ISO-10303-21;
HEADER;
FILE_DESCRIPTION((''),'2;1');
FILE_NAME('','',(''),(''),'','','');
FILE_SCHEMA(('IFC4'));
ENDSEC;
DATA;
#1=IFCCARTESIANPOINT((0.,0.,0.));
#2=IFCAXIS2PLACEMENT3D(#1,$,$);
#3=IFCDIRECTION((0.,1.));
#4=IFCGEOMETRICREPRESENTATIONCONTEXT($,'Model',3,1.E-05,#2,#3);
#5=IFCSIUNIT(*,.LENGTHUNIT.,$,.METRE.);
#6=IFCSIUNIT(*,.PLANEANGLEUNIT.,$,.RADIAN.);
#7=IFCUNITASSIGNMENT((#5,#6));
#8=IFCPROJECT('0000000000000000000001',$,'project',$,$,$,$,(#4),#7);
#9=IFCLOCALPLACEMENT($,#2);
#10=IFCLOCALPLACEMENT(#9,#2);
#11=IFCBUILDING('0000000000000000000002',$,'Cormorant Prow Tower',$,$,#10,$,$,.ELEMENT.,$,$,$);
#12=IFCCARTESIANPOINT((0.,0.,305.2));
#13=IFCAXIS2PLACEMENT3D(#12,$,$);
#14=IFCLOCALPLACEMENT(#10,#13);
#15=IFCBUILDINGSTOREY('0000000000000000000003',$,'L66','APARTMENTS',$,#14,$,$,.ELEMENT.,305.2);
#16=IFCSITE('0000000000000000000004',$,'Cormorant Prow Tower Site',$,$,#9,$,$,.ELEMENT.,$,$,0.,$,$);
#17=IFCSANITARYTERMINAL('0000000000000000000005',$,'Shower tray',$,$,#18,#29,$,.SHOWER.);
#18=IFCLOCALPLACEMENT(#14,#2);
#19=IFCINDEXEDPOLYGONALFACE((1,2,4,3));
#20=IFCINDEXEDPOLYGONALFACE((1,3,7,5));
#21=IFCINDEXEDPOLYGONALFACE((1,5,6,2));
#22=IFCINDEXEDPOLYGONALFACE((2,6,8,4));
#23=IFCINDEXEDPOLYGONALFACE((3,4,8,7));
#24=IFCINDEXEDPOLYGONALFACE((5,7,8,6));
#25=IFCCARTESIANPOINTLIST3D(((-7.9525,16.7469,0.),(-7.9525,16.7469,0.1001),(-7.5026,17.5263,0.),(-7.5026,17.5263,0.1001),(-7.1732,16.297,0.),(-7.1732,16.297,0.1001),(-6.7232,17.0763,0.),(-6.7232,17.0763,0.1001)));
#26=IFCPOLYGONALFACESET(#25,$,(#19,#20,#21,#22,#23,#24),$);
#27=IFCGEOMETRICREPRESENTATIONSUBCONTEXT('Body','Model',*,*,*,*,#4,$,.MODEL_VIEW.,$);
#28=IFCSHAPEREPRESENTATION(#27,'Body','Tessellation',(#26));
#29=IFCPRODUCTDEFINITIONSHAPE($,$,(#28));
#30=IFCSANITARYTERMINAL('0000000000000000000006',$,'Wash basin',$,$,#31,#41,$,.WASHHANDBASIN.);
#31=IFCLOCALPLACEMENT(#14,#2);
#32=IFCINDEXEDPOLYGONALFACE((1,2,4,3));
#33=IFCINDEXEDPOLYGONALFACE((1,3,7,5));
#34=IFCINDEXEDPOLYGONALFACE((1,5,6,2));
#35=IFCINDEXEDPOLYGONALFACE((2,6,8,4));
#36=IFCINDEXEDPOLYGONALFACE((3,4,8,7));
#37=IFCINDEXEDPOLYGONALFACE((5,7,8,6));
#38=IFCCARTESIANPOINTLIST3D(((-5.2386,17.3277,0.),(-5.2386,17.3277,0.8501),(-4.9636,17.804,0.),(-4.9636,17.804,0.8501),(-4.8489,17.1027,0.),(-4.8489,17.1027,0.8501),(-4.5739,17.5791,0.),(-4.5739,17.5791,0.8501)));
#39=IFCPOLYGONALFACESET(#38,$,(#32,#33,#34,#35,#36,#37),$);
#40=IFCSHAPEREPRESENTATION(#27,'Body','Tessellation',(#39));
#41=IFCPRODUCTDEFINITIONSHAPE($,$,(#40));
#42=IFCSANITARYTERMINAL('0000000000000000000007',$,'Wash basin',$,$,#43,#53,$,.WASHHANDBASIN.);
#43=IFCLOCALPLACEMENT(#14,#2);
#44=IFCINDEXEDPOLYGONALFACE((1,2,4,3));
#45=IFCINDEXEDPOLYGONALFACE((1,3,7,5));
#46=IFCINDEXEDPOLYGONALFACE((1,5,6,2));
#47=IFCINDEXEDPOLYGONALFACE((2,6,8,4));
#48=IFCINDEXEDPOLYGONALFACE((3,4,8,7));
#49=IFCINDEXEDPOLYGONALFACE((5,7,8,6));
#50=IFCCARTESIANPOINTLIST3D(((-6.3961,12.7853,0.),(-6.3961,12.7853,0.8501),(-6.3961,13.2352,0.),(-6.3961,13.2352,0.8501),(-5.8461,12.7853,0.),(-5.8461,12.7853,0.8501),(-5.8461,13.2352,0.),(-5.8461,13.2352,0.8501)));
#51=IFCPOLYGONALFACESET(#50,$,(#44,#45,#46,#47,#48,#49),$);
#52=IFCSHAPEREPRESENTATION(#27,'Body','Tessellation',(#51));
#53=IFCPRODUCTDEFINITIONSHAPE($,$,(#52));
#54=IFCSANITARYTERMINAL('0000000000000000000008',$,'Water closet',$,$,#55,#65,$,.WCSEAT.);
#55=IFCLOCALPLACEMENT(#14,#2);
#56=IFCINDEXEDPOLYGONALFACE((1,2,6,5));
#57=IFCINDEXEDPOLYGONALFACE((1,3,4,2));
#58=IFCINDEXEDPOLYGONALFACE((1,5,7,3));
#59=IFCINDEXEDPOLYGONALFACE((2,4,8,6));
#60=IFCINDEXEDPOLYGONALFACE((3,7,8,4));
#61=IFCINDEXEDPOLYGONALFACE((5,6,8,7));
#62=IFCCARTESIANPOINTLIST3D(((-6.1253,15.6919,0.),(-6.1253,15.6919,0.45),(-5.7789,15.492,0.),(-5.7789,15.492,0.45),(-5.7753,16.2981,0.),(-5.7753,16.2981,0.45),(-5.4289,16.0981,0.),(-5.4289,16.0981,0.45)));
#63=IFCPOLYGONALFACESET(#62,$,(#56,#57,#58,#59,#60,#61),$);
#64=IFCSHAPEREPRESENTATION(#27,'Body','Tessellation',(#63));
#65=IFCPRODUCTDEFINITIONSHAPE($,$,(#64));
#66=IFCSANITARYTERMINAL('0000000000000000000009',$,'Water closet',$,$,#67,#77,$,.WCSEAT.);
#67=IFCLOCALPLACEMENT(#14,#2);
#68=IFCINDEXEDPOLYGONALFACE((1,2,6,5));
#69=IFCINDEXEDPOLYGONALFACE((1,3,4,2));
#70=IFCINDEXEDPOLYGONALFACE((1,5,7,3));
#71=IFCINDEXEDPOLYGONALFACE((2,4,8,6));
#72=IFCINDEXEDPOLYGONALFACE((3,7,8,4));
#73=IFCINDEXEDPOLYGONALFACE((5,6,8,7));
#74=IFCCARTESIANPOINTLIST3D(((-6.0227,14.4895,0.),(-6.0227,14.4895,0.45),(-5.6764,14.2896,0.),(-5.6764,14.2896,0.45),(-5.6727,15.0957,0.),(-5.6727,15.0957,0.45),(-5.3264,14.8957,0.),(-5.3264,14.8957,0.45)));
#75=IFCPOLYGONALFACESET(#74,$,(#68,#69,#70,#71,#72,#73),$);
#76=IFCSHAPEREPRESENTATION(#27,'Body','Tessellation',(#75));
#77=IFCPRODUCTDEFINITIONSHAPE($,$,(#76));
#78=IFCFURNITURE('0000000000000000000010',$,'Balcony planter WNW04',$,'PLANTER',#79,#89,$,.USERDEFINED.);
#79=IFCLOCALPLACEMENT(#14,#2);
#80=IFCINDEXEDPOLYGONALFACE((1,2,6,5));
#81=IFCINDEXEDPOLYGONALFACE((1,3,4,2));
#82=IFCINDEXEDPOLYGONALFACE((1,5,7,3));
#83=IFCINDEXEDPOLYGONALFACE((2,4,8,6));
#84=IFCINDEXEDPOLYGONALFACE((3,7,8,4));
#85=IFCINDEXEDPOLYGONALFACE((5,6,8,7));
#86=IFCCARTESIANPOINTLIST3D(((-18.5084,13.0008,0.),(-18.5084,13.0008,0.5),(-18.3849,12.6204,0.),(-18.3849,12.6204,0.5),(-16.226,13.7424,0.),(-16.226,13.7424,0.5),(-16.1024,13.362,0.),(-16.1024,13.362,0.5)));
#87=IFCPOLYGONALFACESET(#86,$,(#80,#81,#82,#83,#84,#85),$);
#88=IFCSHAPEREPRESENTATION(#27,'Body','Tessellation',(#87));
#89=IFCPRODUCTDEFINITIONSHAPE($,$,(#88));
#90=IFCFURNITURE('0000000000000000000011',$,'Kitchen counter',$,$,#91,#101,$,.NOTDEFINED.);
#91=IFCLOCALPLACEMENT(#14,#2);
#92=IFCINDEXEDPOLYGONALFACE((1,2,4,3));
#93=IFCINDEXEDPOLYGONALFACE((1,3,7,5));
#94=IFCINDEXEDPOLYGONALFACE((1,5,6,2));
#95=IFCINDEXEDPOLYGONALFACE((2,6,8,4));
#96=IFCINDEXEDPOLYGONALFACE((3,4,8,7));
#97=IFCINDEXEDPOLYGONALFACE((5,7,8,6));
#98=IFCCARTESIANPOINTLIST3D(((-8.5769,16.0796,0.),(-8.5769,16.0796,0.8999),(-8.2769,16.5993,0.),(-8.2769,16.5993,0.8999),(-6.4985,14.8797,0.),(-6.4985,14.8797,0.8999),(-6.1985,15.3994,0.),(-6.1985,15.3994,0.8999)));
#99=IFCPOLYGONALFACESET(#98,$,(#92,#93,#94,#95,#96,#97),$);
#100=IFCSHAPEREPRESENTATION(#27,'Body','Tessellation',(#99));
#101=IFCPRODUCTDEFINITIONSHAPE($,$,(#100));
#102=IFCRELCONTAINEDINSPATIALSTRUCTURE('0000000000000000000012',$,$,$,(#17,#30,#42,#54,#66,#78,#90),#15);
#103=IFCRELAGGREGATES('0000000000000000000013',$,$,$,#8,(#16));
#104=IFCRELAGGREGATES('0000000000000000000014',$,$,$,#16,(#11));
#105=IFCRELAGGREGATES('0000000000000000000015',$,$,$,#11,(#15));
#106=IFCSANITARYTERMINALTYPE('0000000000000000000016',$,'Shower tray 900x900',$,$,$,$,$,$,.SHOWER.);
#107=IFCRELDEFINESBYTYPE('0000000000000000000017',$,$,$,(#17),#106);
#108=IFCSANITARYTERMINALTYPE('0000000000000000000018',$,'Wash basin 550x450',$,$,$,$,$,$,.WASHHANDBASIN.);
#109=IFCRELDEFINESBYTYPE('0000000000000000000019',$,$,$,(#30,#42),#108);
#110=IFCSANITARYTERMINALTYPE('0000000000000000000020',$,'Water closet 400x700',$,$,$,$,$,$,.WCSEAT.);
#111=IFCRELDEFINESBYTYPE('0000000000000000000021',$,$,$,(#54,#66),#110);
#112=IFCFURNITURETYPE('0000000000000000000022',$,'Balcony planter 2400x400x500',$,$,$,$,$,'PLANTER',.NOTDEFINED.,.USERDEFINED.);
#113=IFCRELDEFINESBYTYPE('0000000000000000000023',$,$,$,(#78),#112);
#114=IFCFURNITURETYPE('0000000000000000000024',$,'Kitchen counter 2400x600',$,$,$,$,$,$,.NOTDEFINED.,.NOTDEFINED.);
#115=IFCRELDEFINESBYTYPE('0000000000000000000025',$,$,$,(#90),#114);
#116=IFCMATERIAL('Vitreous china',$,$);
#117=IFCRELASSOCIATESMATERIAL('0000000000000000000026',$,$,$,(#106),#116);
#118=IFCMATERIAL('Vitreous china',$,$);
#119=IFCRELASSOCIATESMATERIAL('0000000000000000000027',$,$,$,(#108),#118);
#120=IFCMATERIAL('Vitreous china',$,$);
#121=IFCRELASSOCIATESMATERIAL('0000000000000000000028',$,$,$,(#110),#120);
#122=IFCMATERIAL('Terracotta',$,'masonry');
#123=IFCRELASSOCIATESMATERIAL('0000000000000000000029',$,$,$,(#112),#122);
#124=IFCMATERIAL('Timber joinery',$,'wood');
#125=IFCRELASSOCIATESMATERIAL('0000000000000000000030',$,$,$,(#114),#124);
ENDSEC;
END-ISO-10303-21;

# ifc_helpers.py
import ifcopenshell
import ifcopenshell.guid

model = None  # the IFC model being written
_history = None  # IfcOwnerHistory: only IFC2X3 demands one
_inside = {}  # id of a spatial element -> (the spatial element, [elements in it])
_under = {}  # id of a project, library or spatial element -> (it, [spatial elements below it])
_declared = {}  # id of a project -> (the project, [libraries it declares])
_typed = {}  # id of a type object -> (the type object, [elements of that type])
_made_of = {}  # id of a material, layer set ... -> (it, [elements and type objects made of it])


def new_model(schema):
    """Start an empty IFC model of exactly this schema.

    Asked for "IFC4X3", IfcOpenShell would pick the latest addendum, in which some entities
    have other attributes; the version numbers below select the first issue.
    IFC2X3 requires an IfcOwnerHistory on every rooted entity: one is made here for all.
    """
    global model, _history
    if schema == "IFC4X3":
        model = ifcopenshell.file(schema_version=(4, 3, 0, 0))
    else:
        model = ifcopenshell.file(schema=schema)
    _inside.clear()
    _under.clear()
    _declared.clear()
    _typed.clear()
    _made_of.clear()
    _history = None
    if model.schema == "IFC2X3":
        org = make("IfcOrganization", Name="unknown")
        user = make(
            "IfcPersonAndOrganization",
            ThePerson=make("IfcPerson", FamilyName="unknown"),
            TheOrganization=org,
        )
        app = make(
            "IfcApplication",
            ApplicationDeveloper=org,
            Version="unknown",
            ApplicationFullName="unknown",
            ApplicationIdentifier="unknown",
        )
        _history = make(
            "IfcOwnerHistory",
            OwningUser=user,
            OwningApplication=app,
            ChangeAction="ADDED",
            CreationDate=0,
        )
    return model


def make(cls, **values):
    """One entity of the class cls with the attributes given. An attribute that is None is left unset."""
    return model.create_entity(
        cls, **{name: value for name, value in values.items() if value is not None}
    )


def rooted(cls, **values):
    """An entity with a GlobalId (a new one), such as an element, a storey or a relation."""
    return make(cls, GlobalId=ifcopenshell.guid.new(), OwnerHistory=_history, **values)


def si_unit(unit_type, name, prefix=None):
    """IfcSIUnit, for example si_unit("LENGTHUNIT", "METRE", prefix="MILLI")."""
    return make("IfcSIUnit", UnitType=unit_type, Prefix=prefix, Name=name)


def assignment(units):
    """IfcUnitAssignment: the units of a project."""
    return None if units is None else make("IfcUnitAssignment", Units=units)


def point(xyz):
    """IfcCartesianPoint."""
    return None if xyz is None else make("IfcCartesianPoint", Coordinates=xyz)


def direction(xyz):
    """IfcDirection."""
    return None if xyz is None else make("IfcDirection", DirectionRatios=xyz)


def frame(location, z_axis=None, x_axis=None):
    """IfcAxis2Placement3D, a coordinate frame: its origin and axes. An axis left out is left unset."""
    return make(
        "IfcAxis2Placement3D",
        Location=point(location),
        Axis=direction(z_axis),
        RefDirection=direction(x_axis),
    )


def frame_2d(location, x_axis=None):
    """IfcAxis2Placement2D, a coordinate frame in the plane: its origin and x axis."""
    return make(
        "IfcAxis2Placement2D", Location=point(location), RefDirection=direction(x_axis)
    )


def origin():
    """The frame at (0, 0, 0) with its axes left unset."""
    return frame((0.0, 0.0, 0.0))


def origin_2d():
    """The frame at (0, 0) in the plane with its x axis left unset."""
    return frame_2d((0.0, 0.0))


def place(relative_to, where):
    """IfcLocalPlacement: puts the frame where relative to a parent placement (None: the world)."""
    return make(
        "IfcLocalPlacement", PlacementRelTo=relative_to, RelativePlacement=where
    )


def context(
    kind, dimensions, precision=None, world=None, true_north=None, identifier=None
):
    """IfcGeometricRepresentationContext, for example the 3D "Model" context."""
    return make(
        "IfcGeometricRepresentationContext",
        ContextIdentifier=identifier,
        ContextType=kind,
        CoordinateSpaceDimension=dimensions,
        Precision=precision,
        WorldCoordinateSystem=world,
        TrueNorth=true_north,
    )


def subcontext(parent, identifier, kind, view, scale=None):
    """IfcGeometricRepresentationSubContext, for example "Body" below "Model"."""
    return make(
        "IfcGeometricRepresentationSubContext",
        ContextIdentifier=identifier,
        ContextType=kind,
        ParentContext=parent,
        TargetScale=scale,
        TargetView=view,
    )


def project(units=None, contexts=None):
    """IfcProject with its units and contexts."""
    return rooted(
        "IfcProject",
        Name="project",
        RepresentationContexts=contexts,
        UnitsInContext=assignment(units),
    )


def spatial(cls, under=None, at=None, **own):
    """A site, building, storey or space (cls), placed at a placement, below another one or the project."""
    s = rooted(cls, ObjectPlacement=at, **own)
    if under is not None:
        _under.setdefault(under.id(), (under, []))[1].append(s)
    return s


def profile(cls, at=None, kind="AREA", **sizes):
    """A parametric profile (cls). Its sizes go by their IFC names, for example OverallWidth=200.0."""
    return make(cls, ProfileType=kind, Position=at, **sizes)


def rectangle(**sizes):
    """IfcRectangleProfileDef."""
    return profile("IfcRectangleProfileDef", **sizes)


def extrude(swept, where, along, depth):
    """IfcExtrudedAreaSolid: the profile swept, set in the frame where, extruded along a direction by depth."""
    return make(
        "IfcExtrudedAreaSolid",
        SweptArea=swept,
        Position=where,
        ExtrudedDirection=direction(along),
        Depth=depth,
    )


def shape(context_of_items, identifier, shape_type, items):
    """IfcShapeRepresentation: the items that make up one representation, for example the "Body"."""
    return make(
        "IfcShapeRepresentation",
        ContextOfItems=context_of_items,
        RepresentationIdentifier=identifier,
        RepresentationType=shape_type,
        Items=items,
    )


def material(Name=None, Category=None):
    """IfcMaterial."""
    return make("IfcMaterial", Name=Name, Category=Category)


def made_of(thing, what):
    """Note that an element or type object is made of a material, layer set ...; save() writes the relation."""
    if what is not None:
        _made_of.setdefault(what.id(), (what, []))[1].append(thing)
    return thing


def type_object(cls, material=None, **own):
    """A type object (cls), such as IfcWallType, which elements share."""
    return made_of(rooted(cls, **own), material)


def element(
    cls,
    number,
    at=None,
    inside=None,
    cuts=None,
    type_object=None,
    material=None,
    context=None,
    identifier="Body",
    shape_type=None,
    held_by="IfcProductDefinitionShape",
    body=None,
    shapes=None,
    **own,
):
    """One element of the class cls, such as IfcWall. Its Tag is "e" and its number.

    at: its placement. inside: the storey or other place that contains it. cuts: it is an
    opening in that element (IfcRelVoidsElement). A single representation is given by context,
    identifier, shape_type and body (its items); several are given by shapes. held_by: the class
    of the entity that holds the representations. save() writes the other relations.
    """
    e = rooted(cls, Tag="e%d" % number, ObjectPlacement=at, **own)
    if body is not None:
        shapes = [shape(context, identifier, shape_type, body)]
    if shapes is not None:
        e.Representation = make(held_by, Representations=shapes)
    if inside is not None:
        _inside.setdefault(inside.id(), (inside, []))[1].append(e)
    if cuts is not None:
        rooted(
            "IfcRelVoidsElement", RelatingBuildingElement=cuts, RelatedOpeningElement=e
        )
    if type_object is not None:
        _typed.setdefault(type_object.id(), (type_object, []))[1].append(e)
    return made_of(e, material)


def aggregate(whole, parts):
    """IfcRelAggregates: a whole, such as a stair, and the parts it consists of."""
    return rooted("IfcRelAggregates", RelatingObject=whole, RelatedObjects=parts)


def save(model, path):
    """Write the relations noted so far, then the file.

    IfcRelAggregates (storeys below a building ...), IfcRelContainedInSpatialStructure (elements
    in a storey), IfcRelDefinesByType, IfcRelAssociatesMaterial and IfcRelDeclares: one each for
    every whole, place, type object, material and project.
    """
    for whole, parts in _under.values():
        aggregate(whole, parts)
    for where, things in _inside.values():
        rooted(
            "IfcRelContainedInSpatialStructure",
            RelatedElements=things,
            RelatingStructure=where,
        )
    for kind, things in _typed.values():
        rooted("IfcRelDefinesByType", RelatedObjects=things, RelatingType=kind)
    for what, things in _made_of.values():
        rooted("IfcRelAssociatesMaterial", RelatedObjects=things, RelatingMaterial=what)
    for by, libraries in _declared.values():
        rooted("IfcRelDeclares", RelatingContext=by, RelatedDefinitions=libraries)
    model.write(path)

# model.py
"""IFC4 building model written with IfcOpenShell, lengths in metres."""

from ifc_helpers import new_model, si_unit, direction, frame, origin, origin_2d, place, context, subcontext, project, spatial, rectangle, extrude, material, type_object, element, save


model = new_model("IFC4")

# Units and contexts
model_context = context("Model", 3, precision=1e-05, world=origin(), true_north=direction((0.0, 1.0)))
body_context = subcontext(model_context, "Body", "Model", "MODEL_VIEW")
ifc_project = project(units=[si_unit("LENGTHUNIT", "METRE"), si_unit("PLANEANGLEUNIT", "RADIAN")], contexts=[model_context])

# Site, building, storey
site_placement = place(None, origin())
site = spatial("IfcSite", under=ifc_project, at=site_placement, Name="Cormorant Prow Tower Site", CompositionType="ELEMENT", RefElevation=0.0)
building_placement = place(site_placement, origin())
building = spatial("IfcBuilding", under=site, at=building_placement, Name="Cormorant Prow Tower", CompositionType="ELEMENT")
storey_placement = place(building_placement, frame((0.0, 0.0, 305.2)))
storey = spatial("IfcBuildingStorey", under=building, at=storey_placement, Name="L66", Description="APARTMENTS", CompositionType="ELEMENT", Elevation=305.2)

# Sanitary terminals
ifc_material_1 = material(Name="Vitreous china")
sanitary_terminal_type_1 = type_object("IfcSanitaryTerminalType", Name="Shower tray 900x900", PredefinedType="SHOWER", material=ifc_material_1)
sanitary_terminal_1_placement = place(storey_placement, frame((-7.3379, 16.9116, 0.0), z_axis=(0.0, 0.0, 1.0), x_axis=(0.5, 0.866025, 0.0)))
element("IfcSanitaryTerminal", 1, at=sanitary_terminal_1_placement, inside=storey, type_object=sanitary_terminal_type_1, Name="Shower tray", PredefinedType="SHOWER", context=body_context, shape_type="SweptSolid", body=[
    extrude(rectangle(XDim=0.8999, YDim=0.8999, at=origin_2d()), origin(), (0.0, 0.0, 1.0), 0.1001),
])
ifc_material_2 = material(Name="Vitreous china")
sanitary_terminal_type_2 = type_object("IfcSanitaryTerminalType", Name="Wash basin 550x450", PredefinedType="WASHHANDBASIN", material=ifc_material_2)
for number, where, z_axis, x_axis, name in (
    (2, (-4.9062, 17.4534, 0.0), (0.0, 0.0, 1.0), (-0.5, -0.866025, 0.0), "Wash basin"),
    (3, (-6.1211, 13.0103, 0.0), (0.0, 0.0, 1.0), (1.0, 0.0, 0.0), "Wash basin"),
):
    element("IfcSanitaryTerminal", number, at=place(storey_placement, frame(where, z_axis=z_axis, x_axis=x_axis)), inside=storey, type_object=sanitary_terminal_type_2, Name=name, PredefinedType="WASHHANDBASIN", context=body_context, shape_type="SweptSolid", body=[
        extrude(rectangle(XDim=0.55, YDim=0.45, at=origin_2d()), origin(), (0.0, 0.0, 1.0), 0.8501),
    ])
ifc_material_3 = material(Name="Vitreous china")
sanitary_terminal_type_3 = type_object("IfcSanitaryTerminalType", Name="Water closet 400x700", PredefinedType="WCSEAT", material=ifc_material_3)
for number, where, z_axis, x_axis, name in (
    (4, (-5.7771, 15.895, 0.0), (0.0, 0.0, 1.0), (-0.866025, 0.5, 0.0), "Water closet"),
    (5, (-5.6746, 14.6926, 0.0), (0.0, 0.0, 1.0), (0.866025, -0.5, 0.0), "Water closet"),
):
    element("IfcSanitaryTerminal", number, at=place(storey_placement, frame(where, z_axis=z_axis, x_axis=x_axis)), inside=storey, type_object=sanitary_terminal_type_3, Name=name, PredefinedType="WCSEAT", context=body_context, shape_type="SweptSolid", body=[
        extrude(rectangle(XDim=0.3999, YDim=0.7, at=origin_2d()), origin(), (0.0, 0.0, 1.0), 0.45),
    ])

# Furniture
ifc_material_4 = material(Name="Terracotta", Category="masonry")
furniture_type_1 = type_object("IfcFurnitureType", Name="Balcony planter 2400x400x500", ElementType="PLANTER", AssemblyPlace="NOTDEFINED", PredefinedType="USERDEFINED", material=ifc_material_4)
furniture_1_placement = place(storey_placement, frame((-17.3054, 13.1814, 0.0), z_axis=(0.0, 0.0, 1.0), x_axis=(-0.951057, -0.309017, 0.0)))
element("IfcFurniture", 6, at=furniture_1_placement, inside=storey, type_object=furniture_type_1, Name="Balcony planter WNW04", ObjectType="PLANTER", PredefinedType="USERDEFINED", context=body_context, shape_type="SweptSolid", body=[
    extrude(rectangle(XDim=2.3999, YDim=0.3999, at=origin_2d()), origin(), (0.0, 0.0, 1.0), 0.5),
])
ifc_material_5 = material(Name="Timber joinery", Category="wood")
furniture_type_2 = type_object("IfcFurnitureType", Name="Kitchen counter 2400x600", AssemblyPlace="NOTDEFINED", PredefinedType="NOTDEFINED", material=ifc_material_5)
furniture_2_placement = place(storey_placement, frame((-7.3877, 15.7395, 0.0), z_axis=(0.0, 0.0, 1.0), x_axis=(0.866025, -0.5, 0.0)))
element("IfcFurniture", 7, at=furniture_2_placement, inside=storey, type_object=furniture_type_2, Name="Kitchen counter", PredefinedType="NOTDEFINED", context=body_context, shape_type="SweptSolid", body=[
    extrude(rectangle(XDim=2.3999, YDim=0.6001, at=origin_2d()), origin(), (0.0, 0.0, 1.0), 0.8999),
])

save(model, "model.ifc")
